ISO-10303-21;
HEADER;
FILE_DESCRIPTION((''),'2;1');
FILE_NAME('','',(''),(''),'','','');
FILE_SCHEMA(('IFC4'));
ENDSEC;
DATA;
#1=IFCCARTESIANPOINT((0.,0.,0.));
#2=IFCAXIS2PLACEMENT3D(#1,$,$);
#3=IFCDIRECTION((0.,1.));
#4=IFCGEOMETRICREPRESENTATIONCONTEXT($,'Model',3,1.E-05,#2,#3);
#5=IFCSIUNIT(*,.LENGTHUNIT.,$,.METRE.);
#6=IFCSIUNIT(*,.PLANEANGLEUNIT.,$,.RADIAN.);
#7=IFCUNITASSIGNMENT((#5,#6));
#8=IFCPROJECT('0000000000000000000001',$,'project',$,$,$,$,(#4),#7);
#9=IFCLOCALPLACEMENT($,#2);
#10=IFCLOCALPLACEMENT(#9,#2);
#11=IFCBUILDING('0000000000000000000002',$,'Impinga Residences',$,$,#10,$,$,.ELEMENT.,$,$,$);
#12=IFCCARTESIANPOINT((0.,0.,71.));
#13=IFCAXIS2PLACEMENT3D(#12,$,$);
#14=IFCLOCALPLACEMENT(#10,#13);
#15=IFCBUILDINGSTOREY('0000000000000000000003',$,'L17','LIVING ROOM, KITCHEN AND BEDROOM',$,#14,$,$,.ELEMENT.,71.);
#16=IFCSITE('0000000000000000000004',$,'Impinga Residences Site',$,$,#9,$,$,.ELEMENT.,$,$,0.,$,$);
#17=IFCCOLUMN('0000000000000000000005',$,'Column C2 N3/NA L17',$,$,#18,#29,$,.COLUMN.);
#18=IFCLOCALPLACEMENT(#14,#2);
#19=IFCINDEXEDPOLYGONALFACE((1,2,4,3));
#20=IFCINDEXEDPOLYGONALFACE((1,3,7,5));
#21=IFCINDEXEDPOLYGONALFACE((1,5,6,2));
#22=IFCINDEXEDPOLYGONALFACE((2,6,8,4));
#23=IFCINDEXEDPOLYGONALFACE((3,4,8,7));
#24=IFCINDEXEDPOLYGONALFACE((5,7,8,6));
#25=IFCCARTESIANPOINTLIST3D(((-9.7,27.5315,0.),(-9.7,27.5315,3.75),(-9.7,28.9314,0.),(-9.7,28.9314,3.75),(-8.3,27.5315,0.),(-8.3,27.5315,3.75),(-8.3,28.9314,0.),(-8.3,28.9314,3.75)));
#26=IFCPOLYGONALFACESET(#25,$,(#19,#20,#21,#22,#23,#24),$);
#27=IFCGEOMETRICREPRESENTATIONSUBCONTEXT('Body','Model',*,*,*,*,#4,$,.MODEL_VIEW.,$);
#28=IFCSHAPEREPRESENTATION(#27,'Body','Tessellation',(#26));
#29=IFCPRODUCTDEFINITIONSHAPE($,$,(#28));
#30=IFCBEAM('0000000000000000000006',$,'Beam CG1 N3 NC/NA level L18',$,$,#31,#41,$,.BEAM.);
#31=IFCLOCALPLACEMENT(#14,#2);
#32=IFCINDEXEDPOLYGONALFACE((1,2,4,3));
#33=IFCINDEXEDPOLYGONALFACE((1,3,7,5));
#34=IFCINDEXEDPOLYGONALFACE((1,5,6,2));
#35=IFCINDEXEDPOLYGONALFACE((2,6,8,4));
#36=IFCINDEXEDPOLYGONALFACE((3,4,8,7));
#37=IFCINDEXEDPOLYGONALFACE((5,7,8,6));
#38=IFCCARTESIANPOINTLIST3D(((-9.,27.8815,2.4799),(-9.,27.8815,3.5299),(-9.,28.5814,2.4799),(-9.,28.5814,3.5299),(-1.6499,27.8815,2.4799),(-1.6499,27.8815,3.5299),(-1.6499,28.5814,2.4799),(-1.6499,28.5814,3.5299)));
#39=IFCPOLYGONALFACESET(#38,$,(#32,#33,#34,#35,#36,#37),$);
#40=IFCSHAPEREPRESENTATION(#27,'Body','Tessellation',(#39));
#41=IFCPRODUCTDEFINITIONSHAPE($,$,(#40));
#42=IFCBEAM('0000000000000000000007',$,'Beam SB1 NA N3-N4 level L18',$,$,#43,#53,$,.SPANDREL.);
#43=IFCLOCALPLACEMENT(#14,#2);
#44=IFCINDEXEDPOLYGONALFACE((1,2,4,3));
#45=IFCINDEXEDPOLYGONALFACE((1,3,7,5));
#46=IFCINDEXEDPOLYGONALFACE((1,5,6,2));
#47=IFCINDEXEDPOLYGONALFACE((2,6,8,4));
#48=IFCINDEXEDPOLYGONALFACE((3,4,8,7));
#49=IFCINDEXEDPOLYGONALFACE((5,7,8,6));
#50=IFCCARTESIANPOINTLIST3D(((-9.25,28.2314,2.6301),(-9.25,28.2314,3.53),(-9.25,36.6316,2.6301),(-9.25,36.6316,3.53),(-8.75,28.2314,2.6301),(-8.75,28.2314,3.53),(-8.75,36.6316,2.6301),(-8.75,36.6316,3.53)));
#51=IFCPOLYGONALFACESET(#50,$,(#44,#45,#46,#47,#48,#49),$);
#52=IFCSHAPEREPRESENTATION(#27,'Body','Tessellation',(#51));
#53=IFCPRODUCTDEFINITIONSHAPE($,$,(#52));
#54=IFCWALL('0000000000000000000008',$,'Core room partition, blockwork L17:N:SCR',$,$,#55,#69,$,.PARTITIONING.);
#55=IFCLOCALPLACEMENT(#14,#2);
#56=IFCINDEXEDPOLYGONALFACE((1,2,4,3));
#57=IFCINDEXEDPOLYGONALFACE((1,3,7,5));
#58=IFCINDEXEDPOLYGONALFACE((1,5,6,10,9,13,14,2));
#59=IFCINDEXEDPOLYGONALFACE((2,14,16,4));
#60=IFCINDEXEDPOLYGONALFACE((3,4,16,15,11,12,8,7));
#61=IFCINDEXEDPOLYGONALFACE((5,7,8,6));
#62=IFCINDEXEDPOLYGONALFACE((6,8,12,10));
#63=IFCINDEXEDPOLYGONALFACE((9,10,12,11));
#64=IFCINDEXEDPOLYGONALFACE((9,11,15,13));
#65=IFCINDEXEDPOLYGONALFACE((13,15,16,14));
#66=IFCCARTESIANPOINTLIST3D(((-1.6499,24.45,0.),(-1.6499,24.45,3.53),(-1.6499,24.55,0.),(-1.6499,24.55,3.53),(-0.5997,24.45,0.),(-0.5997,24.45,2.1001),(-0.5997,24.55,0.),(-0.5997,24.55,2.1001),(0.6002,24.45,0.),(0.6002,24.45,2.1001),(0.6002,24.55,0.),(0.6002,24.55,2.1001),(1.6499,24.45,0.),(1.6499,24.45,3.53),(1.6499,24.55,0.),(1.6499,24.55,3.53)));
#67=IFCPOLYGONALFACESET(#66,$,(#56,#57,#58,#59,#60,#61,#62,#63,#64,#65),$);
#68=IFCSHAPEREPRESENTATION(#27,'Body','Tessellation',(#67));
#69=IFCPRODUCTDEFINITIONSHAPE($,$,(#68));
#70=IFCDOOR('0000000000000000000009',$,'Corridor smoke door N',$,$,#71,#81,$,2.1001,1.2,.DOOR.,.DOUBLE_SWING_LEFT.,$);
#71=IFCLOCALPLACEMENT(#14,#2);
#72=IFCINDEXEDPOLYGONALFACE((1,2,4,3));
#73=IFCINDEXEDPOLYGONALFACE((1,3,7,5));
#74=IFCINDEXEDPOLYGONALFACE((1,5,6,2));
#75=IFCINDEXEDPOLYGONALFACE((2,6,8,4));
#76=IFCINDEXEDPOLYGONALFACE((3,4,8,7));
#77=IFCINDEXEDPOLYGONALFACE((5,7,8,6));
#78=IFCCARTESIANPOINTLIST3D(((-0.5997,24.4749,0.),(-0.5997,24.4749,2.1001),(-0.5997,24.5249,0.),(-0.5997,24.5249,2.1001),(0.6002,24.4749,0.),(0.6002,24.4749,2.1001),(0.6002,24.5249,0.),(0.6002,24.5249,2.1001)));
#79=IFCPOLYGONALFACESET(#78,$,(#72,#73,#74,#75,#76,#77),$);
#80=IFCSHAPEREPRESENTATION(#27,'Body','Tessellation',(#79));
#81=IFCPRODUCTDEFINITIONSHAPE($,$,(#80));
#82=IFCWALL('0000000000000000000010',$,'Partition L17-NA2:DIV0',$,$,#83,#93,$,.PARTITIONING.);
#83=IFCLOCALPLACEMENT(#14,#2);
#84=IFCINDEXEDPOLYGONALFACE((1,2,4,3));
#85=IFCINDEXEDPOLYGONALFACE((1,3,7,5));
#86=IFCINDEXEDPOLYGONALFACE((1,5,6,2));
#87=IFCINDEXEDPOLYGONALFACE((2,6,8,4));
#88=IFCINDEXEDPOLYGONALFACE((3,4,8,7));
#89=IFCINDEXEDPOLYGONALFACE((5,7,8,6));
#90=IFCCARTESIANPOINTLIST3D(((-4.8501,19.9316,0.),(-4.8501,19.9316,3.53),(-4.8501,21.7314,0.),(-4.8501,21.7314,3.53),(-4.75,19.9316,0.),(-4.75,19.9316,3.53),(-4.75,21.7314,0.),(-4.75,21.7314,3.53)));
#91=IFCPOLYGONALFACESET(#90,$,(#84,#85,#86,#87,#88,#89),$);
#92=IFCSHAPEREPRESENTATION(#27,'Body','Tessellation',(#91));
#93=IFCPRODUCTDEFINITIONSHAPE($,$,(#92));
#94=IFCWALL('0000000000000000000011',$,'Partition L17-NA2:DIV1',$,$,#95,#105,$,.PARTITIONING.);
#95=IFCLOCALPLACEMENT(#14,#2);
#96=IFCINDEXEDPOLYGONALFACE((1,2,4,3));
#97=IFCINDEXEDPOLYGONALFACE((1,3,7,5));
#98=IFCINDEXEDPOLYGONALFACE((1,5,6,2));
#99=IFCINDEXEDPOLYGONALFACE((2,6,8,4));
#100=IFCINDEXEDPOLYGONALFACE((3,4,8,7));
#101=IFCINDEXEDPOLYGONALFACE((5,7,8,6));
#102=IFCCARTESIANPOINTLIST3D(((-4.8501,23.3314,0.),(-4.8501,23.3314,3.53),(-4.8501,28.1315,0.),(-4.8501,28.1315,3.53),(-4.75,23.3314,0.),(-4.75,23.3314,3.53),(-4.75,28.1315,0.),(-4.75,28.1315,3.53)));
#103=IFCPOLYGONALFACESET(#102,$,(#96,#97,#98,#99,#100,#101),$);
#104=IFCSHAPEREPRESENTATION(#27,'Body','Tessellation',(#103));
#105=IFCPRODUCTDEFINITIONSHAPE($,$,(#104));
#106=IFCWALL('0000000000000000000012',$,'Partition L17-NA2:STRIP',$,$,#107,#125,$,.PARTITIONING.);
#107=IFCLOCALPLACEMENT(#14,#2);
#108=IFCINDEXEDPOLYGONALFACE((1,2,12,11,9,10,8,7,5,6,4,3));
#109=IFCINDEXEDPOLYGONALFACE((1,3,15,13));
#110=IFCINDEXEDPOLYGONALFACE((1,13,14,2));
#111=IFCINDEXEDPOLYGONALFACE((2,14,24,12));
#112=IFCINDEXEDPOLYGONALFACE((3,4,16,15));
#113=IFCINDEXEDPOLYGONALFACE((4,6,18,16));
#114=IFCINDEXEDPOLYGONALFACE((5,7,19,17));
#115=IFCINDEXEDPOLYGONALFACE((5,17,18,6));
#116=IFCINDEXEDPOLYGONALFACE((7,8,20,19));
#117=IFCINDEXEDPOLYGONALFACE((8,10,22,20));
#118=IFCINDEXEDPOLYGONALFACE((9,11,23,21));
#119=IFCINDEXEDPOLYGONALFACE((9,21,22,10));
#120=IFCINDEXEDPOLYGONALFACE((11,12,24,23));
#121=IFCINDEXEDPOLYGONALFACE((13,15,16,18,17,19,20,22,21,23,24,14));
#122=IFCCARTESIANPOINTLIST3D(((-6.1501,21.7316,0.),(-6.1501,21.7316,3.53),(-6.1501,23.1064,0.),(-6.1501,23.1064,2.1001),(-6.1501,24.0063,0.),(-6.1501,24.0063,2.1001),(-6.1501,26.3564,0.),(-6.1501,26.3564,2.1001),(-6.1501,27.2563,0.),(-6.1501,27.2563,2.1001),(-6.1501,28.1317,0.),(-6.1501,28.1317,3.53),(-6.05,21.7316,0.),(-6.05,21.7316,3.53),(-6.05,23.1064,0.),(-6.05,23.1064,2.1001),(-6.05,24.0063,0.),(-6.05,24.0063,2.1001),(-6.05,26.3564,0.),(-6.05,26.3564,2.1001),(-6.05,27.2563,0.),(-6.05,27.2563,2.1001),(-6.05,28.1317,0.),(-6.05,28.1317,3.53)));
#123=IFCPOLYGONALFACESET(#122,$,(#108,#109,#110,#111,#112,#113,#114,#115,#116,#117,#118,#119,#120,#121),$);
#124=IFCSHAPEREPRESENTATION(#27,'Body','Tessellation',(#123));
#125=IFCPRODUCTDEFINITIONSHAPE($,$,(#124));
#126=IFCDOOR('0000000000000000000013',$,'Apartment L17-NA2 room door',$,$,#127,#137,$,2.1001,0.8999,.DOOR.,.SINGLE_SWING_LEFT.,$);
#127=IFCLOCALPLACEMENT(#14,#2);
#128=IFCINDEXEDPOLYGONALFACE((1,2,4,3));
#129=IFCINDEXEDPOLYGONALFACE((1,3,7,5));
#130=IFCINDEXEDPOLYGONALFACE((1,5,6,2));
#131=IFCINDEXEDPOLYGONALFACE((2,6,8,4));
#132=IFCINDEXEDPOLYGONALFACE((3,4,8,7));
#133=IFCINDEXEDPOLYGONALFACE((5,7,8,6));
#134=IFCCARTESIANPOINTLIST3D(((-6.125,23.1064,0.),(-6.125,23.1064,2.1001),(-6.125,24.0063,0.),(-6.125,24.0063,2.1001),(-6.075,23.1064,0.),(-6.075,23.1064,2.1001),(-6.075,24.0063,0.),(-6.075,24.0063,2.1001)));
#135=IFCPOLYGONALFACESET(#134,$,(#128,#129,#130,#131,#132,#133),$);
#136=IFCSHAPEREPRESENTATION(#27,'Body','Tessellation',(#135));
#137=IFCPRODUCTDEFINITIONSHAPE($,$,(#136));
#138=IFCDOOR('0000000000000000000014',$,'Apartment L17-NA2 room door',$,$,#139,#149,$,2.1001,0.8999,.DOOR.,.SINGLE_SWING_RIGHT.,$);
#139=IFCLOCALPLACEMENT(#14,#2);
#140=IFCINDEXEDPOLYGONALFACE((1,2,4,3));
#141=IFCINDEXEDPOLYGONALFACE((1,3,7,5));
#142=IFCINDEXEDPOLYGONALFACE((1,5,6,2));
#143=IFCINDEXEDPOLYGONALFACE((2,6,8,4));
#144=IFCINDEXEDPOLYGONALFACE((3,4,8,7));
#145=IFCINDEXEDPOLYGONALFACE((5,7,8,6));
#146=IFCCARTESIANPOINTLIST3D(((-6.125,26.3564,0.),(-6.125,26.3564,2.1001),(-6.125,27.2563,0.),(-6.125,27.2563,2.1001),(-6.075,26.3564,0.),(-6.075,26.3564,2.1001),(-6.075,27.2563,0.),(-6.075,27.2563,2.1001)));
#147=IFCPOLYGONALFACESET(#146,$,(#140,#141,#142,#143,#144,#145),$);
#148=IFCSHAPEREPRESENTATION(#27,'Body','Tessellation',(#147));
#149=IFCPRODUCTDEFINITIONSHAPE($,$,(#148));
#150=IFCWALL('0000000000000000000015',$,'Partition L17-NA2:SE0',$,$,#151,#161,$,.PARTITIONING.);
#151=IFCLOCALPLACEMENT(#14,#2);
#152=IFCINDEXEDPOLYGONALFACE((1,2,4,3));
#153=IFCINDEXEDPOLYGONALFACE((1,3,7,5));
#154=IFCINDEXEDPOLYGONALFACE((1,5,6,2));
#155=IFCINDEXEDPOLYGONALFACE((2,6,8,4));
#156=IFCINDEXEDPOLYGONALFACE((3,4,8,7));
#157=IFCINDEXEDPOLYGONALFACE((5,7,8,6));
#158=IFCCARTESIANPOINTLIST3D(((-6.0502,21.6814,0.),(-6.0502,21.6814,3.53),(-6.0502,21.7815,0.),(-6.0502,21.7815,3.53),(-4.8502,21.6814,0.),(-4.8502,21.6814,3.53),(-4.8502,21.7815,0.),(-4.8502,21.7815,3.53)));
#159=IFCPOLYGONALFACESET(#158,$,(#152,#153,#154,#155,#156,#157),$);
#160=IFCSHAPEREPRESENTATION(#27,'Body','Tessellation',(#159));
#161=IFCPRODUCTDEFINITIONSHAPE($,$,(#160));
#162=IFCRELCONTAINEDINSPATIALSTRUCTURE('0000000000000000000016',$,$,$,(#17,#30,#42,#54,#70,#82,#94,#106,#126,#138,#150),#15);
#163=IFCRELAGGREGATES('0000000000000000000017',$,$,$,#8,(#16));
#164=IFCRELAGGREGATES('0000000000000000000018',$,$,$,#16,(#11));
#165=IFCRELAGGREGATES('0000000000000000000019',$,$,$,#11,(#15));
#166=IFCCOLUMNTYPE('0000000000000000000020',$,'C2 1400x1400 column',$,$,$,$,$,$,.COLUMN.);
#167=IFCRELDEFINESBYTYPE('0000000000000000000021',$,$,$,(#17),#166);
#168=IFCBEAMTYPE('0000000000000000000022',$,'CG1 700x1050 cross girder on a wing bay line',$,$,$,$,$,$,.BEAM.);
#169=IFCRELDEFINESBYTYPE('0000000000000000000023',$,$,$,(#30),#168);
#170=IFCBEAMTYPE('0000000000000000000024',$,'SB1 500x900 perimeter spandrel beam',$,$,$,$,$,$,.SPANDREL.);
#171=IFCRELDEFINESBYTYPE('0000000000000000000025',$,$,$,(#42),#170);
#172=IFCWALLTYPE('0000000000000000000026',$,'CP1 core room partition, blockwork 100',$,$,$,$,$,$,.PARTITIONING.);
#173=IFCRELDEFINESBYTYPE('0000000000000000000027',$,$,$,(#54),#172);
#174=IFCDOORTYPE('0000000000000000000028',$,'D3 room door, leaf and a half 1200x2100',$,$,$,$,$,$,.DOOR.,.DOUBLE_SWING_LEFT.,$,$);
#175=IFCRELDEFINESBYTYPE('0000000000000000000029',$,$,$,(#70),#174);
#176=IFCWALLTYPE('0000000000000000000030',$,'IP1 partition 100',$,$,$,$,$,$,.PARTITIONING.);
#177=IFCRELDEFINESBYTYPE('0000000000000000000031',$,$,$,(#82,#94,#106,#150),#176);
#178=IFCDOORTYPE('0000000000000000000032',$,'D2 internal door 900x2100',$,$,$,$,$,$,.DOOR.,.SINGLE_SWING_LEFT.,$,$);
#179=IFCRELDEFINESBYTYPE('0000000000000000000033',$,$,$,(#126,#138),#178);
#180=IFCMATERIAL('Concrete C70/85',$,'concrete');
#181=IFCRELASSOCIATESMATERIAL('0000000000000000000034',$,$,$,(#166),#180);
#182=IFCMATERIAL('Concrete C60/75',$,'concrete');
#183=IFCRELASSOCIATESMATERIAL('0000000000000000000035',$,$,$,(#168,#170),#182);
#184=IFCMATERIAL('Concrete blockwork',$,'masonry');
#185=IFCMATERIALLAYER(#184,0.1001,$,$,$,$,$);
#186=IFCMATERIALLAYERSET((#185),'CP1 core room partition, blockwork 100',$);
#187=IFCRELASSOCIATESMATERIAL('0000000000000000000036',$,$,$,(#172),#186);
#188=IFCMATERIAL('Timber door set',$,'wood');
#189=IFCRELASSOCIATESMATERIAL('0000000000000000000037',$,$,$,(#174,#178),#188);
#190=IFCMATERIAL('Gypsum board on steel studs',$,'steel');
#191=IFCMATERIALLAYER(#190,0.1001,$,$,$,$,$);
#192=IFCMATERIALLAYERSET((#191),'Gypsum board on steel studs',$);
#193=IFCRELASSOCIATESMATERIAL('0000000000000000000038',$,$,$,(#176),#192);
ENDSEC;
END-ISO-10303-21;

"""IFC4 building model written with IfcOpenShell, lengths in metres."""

from ifc_helpers import new_model, si_unit, direction, frame, frame_2d, origin, origin_2d, place, context, subcontext, project, spatial, rectangle, extrude, material, layer, layer_set, material_profile, profile_set, type_object, element, fill, save


model = new_model("IFC4")

# Units and contexts
model_context = context("Model", 3, precision=1e-05, world=origin(), true_north=direction((0.0, 1.0)))
body_context = subcontext(model_context, "Body", "Model", "MODEL_VIEW")
ifc_project = project(units=[si_unit("LENGTHUNIT", "METRE"), si_unit("PLANEANGLEUNIT", "RADIAN")], contexts=[model_context])

# Site, building, storey
site_placement = place(None, origin())
site = spatial("IfcSite", under=ifc_project, at=site_placement, Name="Impinga Residences Site", CompositionType="ELEMENT", RefElevation=0.0)
building_placement = place(site_placement, origin())
building = spatial("IfcBuilding", under=site, at=building_placement, Name="Impinga Residences", CompositionType="ELEMENT")
storey_placement = place(building_placement, frame((0.0, 0.0, 71.0)))
storey = spatial("IfcBuildingStorey", under=building, at=storey_placement, Name="L17", Description="LIVING ROOM, KITCHEN AND BEDROOM", CompositionType="ELEMENT", Elevation=71.0)

# Column
ifc_material_1 = material(Name="Concrete C70/85", Category="concrete")
ifc_material_profile_1 = material_profile(ifc_material_1, rectangle(XDim=1.3999, YDim=1.3999, at=origin_2d()), Name="RC 1400x1400")
ifc_profile_set_1 = profile_set([ifc_material_profile_1], Name="Concrete C70/85")
column_type = type_object("IfcColumnType", Name="C2 1400x1400 column", PredefinedType="COLUMN", material=ifc_profile_set_1)
column_placement = place(storey_placement, frame((-9.0, 28.2314, 0.0), z_axis=(0.0, 0.0, 1.0), x_axis=(1.0, 0.0, 0.0)))
element("IfcColumn", 1, at=column_placement, inside=storey, type_object=column_type, Name="Column C2 N3/NA L17", PredefinedType="COLUMN", context=body_context, shape_type="SweptSolid", body=[
    extrude(rectangle(XDim=1.3999, YDim=1.3999, at=origin_2d()), origin(), (0.0, 0.0, 1.0), 3.75),
])

# Beams
ifc_material_2 = material(Name="Concrete C60/75", Category="concrete")
ifc_material_profile_2 = material_profile(ifc_material_2, rectangle(XDim=0.7, YDim=1.05, at=origin_2d()), Name="RC 700x1050")
ifc_profile_set_2 = profile_set([ifc_material_profile_2], Name="Concrete C60/75")
beam_type_1 = type_object("IfcBeamType", Name="CG1 700x1050 cross girder on a wing bay line", PredefinedType="BEAM", material=ifc_profile_set_2)
beam_1_placement = place(storey_placement, frame((-1.6499, 28.2314, 3.0049), z_axis=(-1.0, 0.0, 0.0), x_axis=(0.0, -1.0, 0.0)))
element("IfcBeam", 2, at=beam_1_placement, inside=storey, type_object=beam_type_1, Name="Beam CG1 N3 NC/NA level L18", PredefinedType="BEAM", context=body_context, shape_type="SweptSolid", body=[
    extrude(rectangle(XDim=0.7, YDim=1.05, at=origin_2d()), origin(), (0.0, 0.0, 1.0), 7.3501),
])
ifc_material_profile_3 = material_profile(ifc_material_2, rectangle(XDim=0.5, YDim=0.8999, at=origin_2d()), Name="RC 500x900")
ifc_profile_set_3 = profile_set([ifc_material_profile_3], Name="Concrete C60/75")
beam_type_2 = type_object("IfcBeamType", Name="SB1 500x900 perimeter spandrel beam", PredefinedType="SPANDREL", material=ifc_profile_set_3)
beam_2_placement = place(storey_placement, frame((-9.0, 28.2314, 3.0801), z_axis=(0.0, 1.0, 0.0), x_axis=(-1.0, 0.0, 0.0)))
element("IfcBeam", 3, at=beam_2_placement, inside=storey, type_object=beam_type_2, Name="Beam SB1 NA N3-N4 level L18", PredefinedType="SPANDREL", context=body_context, shape_type="SweptSolid", body=[
    extrude(rectangle(XDim=0.5, YDim=0.8999, at=origin_2d()), origin(), (0.0, 0.0, 1.0), 8.4001),
])

# Wall, opening, door
ifc_material_3 = material(Name="Concrete blockwork", Category="masonry")
ifc_layer_1 = layer(ifc_material_3, 0.1001)
ifc_layer_set_1 = layer_set([ifc_layer_1], Name="CP1 core room partition, blockwork 100")
wall_type_1 = type_object("IfcWallType", Name="CP1 core room partition, blockwork 100", PredefinedType="PARTITIONING", material=ifc_layer_set_1)
wall_1_placement = place(storey_placement, frame((-1.6499, 24.5, 0.0), z_axis=(0.0, 0.0, 1.0), x_axis=(1.0, 0.0, 0.0)))
wall_1 = element("IfcWall", 4, at=wall_1_placement, inside=storey, type_object=wall_type_1, Name="Core room partition, blockwork L17:N:SCR", PredefinedType="PARTITIONING", context=body_context, shape_type="SweptSolid", body=[
    extrude(rectangle(XDim=3.2998, YDim=0.1001, at=frame_2d((1.6499, 0.0))), origin(), (0.0, 0.0, 1.0), 3.53),
])
opening_1_placement = place(wall_1_placement, frame((1.05, 0.0, 0.0)))
opening_1 = element("IfcOpeningElement", 5, at=opening_1_placement, cuts=wall_1, PredefinedType="OPENING", context=body_context, shape_type="SweptSolid", body=[
    extrude(rectangle(XDim=1.2, YDim=2.1001, at=frame_2d((0.6001, 1.05))), frame((0.0, 0.0601, 0.0), z_axis=(0.0, -1.0, 0.0), x_axis=(1.0, 0.0, 0.0)), (0.0, 0.0, 1.0), 0.1201),
])
ifc_material_4 = material(Name="Timber door set", Category="wood")
door_type_1 = type_object("IfcDoorType", Name="D3 room door, leaf and a half 1200x2100", OperationType="DOUBLE_SWING_LEFT", PredefinedType="DOOR", material=ifc_material_4)
door_1_placement = place(opening_1_placement, origin())
door_1 = element("IfcDoor", 6, at=door_1_placement, inside=storey, type_object=door_type_1, Name="Corridor smoke door N", OperationType="DOUBLE_SWING_LEFT", OverallHeight=2.1001, OverallWidth=1.2, PredefinedType="DOOR", context=body_context, shape_type="SweptSolid", body=[
    extrude(rectangle(XDim=1.2, YDim=2.1001, at=frame_2d((0.6001, 1.05))), frame((0.0, 0.0249, 0.0), z_axis=(0.0, -1.0, 0.0), x_axis=(1.0, 0.0, 0.0)), (0.0, 0.0, 1.0), 0.05),
])
fill(opening_1, door_1)

# Walls
ifc_material_5 = material(Name="Gypsum board on steel studs", Category="steel")
ifc_layer_2 = layer(ifc_material_5, 0.1001)
ifc_layer_set_2 = layer_set([ifc_layer_2], Name="Gypsum board on steel studs")
wall_type_2 = type_object("IfcWallType", Name="IP1 partition 100", PredefinedType="PARTITIONING", material=ifc_layer_set_2)
wall_2_placement = place(storey_placement, frame((-4.8, 19.9316, 0.0), z_axis=(0.0, 0.0, 1.0), x_axis=(0.0, 1.0, 0.0)))
element("IfcWall", 7, at=wall_2_placement, inside=storey, type_object=wall_type_2, Name="Partition L17-NA2:DIV0", PredefinedType="PARTITIONING", context=body_context, shape_type="SweptSolid", body=[
    extrude(rectangle(XDim=1.7998, YDim=0.1001, at=frame_2d((0.8999, 0.0))), origin(), (0.0, 0.0, 1.0), 3.53),
])
wall_3_placement = place(storey_placement, frame((-4.8, 23.3315, 0.0), z_axis=(0.0, 0.0, 1.0), x_axis=(0.0, 1.0, 0.0)))
element("IfcWall", 8, at=wall_3_placement, inside=storey, type_object=wall_type_2, Name="Partition L17-NA2:DIV1", PredefinedType="PARTITIONING", context=body_context, shape_type="SweptSolid", body=[
    extrude(rectangle(XDim=4.8, YDim=0.1001, at=frame_2d((2.3999, 0.0))), origin(), (0.0, 0.0, 1.0), 3.53),
])

# Wall, openings, doors
wall_4_placement = place(storey_placement, frame((-6.1001, 21.7314, 0.0), z_axis=(0.0, 0.0, 1.0), x_axis=(0.0, 1.0, 0.0)))
wall_4 = element("IfcWall", 9, at=wall_4_placement, inside=storey, type_object=wall_type_2, Name="Partition L17-NA2:STRIP", PredefinedType="PARTITIONING", context=body_context, shape_type="SweptSolid", body=[
    extrude(rectangle(XDim=6.4001, YDim=0.1001, at=frame_2d((3.2002, 0.0))), origin(), (0.0, 0.0, 1.0), 3.53),
])
opening_2_placement = place(wall_4_placement, frame((1.375, 0.0, 0.0)))
opening_2 = element("IfcOpeningElement", 10, at=opening_2_placement, cuts=wall_4, PredefinedType="OPENING", context=body_context, shape_type="SweptSolid", body=[
    extrude(rectangle(XDim=0.8999, YDim=2.1001, at=frame_2d((0.45, 1.05))), frame((0.0, 0.0601, 0.0), z_axis=(0.0, -1.0, 0.0), x_axis=(1.0, 0.0, 0.0)), (0.0, 0.0, 1.0), 0.1201),
])
opening_3_placement = place(wall_4_placement, frame((4.625, 0.0, 0.0)))
opening_3 = element("IfcOpeningElement", 11, at=opening_3_placement, cuts=wall_4, PredefinedType="OPENING", context=body_context, shape_type="SweptSolid", body=[
    extrude(rectangle(XDim=0.8999, YDim=2.1001, at=frame_2d((0.45, 1.05))), frame((0.0, 0.0601, 0.0), z_axis=(0.0, -1.0, 0.0), x_axis=(1.0, 0.0, 0.0)), (0.0, 0.0, 1.0), 0.1201),
])
door_type_2 = type_object("IfcDoorType", Name="D2 internal door 900x2100", OperationType="SINGLE_SWING_LEFT", PredefinedType="DOOR", material=ifc_material_4)
door_2_placement = place(opening_2_placement, origin())
door_2 = element("IfcDoor", 12, at=door_2_placement, inside=storey, type_object=door_type_2, Name="Apartment L17-NA2 room door", OperationType="SINGLE_SWING_LEFT", OverallHeight=2.1001, OverallWidth=0.8999, PredefinedType="DOOR", context=body_context, shape_type="SweptSolid", body=[
    extrude(rectangle(XDim=0.8999, YDim=2.1001, at=frame_2d((0.45, 1.05))), frame((0.0, 0.0249, 0.0), z_axis=(0.0, -1.0, 0.0), x_axis=(1.0, 0.0, 0.0)), (0.0, 0.0, 1.0), 0.05),
])
fill(opening_2, door_2)
door_3_placement = place(opening_3_placement, origin())
door_3 = element("IfcDoor", 13, at=door_3_placement, inside=storey, type_object=door_type_2, Name="Apartment L17-NA2 room door", OperationType="SINGLE_SWING_RIGHT", OverallHeight=2.1001, OverallWidth=0.8999, PredefinedType="DOOR", context=body_context, shape_type="SweptSolid", body=[
    extrude(rectangle(XDim=0.8999, YDim=2.1001, at=frame_2d((0.45, 1.05))), frame((0.0, 0.0249, 0.0), z_axis=(0.0, -1.0, 0.0), x_axis=(1.0, 0.0, 0.0)), (0.0, 0.0, 1.0), 0.05),
])
fill(opening_3, door_3)

# Wall
wall_5_placement = place(storey_placement, frame((-4.8501, 21.7314, 0.0), z_axis=(0.0, 0.0, 1.0), x_axis=(-1.0, 0.0, 0.0)))
element("IfcWall", 14, at=wall_5_placement, inside=storey, type_object=wall_type_2, Name="Partition L17-NA2:SE0", PredefinedType="PARTITIONING", context=body_context, shape_type="SweptSolid", body=[
    extrude(rectangle(XDim=1.2, YDim=0.1001, at=frame_2d((0.6001, 0.0))), origin(), (0.0, 0.0, 1.0), 3.53),
])

save(model, "model.ifc")
